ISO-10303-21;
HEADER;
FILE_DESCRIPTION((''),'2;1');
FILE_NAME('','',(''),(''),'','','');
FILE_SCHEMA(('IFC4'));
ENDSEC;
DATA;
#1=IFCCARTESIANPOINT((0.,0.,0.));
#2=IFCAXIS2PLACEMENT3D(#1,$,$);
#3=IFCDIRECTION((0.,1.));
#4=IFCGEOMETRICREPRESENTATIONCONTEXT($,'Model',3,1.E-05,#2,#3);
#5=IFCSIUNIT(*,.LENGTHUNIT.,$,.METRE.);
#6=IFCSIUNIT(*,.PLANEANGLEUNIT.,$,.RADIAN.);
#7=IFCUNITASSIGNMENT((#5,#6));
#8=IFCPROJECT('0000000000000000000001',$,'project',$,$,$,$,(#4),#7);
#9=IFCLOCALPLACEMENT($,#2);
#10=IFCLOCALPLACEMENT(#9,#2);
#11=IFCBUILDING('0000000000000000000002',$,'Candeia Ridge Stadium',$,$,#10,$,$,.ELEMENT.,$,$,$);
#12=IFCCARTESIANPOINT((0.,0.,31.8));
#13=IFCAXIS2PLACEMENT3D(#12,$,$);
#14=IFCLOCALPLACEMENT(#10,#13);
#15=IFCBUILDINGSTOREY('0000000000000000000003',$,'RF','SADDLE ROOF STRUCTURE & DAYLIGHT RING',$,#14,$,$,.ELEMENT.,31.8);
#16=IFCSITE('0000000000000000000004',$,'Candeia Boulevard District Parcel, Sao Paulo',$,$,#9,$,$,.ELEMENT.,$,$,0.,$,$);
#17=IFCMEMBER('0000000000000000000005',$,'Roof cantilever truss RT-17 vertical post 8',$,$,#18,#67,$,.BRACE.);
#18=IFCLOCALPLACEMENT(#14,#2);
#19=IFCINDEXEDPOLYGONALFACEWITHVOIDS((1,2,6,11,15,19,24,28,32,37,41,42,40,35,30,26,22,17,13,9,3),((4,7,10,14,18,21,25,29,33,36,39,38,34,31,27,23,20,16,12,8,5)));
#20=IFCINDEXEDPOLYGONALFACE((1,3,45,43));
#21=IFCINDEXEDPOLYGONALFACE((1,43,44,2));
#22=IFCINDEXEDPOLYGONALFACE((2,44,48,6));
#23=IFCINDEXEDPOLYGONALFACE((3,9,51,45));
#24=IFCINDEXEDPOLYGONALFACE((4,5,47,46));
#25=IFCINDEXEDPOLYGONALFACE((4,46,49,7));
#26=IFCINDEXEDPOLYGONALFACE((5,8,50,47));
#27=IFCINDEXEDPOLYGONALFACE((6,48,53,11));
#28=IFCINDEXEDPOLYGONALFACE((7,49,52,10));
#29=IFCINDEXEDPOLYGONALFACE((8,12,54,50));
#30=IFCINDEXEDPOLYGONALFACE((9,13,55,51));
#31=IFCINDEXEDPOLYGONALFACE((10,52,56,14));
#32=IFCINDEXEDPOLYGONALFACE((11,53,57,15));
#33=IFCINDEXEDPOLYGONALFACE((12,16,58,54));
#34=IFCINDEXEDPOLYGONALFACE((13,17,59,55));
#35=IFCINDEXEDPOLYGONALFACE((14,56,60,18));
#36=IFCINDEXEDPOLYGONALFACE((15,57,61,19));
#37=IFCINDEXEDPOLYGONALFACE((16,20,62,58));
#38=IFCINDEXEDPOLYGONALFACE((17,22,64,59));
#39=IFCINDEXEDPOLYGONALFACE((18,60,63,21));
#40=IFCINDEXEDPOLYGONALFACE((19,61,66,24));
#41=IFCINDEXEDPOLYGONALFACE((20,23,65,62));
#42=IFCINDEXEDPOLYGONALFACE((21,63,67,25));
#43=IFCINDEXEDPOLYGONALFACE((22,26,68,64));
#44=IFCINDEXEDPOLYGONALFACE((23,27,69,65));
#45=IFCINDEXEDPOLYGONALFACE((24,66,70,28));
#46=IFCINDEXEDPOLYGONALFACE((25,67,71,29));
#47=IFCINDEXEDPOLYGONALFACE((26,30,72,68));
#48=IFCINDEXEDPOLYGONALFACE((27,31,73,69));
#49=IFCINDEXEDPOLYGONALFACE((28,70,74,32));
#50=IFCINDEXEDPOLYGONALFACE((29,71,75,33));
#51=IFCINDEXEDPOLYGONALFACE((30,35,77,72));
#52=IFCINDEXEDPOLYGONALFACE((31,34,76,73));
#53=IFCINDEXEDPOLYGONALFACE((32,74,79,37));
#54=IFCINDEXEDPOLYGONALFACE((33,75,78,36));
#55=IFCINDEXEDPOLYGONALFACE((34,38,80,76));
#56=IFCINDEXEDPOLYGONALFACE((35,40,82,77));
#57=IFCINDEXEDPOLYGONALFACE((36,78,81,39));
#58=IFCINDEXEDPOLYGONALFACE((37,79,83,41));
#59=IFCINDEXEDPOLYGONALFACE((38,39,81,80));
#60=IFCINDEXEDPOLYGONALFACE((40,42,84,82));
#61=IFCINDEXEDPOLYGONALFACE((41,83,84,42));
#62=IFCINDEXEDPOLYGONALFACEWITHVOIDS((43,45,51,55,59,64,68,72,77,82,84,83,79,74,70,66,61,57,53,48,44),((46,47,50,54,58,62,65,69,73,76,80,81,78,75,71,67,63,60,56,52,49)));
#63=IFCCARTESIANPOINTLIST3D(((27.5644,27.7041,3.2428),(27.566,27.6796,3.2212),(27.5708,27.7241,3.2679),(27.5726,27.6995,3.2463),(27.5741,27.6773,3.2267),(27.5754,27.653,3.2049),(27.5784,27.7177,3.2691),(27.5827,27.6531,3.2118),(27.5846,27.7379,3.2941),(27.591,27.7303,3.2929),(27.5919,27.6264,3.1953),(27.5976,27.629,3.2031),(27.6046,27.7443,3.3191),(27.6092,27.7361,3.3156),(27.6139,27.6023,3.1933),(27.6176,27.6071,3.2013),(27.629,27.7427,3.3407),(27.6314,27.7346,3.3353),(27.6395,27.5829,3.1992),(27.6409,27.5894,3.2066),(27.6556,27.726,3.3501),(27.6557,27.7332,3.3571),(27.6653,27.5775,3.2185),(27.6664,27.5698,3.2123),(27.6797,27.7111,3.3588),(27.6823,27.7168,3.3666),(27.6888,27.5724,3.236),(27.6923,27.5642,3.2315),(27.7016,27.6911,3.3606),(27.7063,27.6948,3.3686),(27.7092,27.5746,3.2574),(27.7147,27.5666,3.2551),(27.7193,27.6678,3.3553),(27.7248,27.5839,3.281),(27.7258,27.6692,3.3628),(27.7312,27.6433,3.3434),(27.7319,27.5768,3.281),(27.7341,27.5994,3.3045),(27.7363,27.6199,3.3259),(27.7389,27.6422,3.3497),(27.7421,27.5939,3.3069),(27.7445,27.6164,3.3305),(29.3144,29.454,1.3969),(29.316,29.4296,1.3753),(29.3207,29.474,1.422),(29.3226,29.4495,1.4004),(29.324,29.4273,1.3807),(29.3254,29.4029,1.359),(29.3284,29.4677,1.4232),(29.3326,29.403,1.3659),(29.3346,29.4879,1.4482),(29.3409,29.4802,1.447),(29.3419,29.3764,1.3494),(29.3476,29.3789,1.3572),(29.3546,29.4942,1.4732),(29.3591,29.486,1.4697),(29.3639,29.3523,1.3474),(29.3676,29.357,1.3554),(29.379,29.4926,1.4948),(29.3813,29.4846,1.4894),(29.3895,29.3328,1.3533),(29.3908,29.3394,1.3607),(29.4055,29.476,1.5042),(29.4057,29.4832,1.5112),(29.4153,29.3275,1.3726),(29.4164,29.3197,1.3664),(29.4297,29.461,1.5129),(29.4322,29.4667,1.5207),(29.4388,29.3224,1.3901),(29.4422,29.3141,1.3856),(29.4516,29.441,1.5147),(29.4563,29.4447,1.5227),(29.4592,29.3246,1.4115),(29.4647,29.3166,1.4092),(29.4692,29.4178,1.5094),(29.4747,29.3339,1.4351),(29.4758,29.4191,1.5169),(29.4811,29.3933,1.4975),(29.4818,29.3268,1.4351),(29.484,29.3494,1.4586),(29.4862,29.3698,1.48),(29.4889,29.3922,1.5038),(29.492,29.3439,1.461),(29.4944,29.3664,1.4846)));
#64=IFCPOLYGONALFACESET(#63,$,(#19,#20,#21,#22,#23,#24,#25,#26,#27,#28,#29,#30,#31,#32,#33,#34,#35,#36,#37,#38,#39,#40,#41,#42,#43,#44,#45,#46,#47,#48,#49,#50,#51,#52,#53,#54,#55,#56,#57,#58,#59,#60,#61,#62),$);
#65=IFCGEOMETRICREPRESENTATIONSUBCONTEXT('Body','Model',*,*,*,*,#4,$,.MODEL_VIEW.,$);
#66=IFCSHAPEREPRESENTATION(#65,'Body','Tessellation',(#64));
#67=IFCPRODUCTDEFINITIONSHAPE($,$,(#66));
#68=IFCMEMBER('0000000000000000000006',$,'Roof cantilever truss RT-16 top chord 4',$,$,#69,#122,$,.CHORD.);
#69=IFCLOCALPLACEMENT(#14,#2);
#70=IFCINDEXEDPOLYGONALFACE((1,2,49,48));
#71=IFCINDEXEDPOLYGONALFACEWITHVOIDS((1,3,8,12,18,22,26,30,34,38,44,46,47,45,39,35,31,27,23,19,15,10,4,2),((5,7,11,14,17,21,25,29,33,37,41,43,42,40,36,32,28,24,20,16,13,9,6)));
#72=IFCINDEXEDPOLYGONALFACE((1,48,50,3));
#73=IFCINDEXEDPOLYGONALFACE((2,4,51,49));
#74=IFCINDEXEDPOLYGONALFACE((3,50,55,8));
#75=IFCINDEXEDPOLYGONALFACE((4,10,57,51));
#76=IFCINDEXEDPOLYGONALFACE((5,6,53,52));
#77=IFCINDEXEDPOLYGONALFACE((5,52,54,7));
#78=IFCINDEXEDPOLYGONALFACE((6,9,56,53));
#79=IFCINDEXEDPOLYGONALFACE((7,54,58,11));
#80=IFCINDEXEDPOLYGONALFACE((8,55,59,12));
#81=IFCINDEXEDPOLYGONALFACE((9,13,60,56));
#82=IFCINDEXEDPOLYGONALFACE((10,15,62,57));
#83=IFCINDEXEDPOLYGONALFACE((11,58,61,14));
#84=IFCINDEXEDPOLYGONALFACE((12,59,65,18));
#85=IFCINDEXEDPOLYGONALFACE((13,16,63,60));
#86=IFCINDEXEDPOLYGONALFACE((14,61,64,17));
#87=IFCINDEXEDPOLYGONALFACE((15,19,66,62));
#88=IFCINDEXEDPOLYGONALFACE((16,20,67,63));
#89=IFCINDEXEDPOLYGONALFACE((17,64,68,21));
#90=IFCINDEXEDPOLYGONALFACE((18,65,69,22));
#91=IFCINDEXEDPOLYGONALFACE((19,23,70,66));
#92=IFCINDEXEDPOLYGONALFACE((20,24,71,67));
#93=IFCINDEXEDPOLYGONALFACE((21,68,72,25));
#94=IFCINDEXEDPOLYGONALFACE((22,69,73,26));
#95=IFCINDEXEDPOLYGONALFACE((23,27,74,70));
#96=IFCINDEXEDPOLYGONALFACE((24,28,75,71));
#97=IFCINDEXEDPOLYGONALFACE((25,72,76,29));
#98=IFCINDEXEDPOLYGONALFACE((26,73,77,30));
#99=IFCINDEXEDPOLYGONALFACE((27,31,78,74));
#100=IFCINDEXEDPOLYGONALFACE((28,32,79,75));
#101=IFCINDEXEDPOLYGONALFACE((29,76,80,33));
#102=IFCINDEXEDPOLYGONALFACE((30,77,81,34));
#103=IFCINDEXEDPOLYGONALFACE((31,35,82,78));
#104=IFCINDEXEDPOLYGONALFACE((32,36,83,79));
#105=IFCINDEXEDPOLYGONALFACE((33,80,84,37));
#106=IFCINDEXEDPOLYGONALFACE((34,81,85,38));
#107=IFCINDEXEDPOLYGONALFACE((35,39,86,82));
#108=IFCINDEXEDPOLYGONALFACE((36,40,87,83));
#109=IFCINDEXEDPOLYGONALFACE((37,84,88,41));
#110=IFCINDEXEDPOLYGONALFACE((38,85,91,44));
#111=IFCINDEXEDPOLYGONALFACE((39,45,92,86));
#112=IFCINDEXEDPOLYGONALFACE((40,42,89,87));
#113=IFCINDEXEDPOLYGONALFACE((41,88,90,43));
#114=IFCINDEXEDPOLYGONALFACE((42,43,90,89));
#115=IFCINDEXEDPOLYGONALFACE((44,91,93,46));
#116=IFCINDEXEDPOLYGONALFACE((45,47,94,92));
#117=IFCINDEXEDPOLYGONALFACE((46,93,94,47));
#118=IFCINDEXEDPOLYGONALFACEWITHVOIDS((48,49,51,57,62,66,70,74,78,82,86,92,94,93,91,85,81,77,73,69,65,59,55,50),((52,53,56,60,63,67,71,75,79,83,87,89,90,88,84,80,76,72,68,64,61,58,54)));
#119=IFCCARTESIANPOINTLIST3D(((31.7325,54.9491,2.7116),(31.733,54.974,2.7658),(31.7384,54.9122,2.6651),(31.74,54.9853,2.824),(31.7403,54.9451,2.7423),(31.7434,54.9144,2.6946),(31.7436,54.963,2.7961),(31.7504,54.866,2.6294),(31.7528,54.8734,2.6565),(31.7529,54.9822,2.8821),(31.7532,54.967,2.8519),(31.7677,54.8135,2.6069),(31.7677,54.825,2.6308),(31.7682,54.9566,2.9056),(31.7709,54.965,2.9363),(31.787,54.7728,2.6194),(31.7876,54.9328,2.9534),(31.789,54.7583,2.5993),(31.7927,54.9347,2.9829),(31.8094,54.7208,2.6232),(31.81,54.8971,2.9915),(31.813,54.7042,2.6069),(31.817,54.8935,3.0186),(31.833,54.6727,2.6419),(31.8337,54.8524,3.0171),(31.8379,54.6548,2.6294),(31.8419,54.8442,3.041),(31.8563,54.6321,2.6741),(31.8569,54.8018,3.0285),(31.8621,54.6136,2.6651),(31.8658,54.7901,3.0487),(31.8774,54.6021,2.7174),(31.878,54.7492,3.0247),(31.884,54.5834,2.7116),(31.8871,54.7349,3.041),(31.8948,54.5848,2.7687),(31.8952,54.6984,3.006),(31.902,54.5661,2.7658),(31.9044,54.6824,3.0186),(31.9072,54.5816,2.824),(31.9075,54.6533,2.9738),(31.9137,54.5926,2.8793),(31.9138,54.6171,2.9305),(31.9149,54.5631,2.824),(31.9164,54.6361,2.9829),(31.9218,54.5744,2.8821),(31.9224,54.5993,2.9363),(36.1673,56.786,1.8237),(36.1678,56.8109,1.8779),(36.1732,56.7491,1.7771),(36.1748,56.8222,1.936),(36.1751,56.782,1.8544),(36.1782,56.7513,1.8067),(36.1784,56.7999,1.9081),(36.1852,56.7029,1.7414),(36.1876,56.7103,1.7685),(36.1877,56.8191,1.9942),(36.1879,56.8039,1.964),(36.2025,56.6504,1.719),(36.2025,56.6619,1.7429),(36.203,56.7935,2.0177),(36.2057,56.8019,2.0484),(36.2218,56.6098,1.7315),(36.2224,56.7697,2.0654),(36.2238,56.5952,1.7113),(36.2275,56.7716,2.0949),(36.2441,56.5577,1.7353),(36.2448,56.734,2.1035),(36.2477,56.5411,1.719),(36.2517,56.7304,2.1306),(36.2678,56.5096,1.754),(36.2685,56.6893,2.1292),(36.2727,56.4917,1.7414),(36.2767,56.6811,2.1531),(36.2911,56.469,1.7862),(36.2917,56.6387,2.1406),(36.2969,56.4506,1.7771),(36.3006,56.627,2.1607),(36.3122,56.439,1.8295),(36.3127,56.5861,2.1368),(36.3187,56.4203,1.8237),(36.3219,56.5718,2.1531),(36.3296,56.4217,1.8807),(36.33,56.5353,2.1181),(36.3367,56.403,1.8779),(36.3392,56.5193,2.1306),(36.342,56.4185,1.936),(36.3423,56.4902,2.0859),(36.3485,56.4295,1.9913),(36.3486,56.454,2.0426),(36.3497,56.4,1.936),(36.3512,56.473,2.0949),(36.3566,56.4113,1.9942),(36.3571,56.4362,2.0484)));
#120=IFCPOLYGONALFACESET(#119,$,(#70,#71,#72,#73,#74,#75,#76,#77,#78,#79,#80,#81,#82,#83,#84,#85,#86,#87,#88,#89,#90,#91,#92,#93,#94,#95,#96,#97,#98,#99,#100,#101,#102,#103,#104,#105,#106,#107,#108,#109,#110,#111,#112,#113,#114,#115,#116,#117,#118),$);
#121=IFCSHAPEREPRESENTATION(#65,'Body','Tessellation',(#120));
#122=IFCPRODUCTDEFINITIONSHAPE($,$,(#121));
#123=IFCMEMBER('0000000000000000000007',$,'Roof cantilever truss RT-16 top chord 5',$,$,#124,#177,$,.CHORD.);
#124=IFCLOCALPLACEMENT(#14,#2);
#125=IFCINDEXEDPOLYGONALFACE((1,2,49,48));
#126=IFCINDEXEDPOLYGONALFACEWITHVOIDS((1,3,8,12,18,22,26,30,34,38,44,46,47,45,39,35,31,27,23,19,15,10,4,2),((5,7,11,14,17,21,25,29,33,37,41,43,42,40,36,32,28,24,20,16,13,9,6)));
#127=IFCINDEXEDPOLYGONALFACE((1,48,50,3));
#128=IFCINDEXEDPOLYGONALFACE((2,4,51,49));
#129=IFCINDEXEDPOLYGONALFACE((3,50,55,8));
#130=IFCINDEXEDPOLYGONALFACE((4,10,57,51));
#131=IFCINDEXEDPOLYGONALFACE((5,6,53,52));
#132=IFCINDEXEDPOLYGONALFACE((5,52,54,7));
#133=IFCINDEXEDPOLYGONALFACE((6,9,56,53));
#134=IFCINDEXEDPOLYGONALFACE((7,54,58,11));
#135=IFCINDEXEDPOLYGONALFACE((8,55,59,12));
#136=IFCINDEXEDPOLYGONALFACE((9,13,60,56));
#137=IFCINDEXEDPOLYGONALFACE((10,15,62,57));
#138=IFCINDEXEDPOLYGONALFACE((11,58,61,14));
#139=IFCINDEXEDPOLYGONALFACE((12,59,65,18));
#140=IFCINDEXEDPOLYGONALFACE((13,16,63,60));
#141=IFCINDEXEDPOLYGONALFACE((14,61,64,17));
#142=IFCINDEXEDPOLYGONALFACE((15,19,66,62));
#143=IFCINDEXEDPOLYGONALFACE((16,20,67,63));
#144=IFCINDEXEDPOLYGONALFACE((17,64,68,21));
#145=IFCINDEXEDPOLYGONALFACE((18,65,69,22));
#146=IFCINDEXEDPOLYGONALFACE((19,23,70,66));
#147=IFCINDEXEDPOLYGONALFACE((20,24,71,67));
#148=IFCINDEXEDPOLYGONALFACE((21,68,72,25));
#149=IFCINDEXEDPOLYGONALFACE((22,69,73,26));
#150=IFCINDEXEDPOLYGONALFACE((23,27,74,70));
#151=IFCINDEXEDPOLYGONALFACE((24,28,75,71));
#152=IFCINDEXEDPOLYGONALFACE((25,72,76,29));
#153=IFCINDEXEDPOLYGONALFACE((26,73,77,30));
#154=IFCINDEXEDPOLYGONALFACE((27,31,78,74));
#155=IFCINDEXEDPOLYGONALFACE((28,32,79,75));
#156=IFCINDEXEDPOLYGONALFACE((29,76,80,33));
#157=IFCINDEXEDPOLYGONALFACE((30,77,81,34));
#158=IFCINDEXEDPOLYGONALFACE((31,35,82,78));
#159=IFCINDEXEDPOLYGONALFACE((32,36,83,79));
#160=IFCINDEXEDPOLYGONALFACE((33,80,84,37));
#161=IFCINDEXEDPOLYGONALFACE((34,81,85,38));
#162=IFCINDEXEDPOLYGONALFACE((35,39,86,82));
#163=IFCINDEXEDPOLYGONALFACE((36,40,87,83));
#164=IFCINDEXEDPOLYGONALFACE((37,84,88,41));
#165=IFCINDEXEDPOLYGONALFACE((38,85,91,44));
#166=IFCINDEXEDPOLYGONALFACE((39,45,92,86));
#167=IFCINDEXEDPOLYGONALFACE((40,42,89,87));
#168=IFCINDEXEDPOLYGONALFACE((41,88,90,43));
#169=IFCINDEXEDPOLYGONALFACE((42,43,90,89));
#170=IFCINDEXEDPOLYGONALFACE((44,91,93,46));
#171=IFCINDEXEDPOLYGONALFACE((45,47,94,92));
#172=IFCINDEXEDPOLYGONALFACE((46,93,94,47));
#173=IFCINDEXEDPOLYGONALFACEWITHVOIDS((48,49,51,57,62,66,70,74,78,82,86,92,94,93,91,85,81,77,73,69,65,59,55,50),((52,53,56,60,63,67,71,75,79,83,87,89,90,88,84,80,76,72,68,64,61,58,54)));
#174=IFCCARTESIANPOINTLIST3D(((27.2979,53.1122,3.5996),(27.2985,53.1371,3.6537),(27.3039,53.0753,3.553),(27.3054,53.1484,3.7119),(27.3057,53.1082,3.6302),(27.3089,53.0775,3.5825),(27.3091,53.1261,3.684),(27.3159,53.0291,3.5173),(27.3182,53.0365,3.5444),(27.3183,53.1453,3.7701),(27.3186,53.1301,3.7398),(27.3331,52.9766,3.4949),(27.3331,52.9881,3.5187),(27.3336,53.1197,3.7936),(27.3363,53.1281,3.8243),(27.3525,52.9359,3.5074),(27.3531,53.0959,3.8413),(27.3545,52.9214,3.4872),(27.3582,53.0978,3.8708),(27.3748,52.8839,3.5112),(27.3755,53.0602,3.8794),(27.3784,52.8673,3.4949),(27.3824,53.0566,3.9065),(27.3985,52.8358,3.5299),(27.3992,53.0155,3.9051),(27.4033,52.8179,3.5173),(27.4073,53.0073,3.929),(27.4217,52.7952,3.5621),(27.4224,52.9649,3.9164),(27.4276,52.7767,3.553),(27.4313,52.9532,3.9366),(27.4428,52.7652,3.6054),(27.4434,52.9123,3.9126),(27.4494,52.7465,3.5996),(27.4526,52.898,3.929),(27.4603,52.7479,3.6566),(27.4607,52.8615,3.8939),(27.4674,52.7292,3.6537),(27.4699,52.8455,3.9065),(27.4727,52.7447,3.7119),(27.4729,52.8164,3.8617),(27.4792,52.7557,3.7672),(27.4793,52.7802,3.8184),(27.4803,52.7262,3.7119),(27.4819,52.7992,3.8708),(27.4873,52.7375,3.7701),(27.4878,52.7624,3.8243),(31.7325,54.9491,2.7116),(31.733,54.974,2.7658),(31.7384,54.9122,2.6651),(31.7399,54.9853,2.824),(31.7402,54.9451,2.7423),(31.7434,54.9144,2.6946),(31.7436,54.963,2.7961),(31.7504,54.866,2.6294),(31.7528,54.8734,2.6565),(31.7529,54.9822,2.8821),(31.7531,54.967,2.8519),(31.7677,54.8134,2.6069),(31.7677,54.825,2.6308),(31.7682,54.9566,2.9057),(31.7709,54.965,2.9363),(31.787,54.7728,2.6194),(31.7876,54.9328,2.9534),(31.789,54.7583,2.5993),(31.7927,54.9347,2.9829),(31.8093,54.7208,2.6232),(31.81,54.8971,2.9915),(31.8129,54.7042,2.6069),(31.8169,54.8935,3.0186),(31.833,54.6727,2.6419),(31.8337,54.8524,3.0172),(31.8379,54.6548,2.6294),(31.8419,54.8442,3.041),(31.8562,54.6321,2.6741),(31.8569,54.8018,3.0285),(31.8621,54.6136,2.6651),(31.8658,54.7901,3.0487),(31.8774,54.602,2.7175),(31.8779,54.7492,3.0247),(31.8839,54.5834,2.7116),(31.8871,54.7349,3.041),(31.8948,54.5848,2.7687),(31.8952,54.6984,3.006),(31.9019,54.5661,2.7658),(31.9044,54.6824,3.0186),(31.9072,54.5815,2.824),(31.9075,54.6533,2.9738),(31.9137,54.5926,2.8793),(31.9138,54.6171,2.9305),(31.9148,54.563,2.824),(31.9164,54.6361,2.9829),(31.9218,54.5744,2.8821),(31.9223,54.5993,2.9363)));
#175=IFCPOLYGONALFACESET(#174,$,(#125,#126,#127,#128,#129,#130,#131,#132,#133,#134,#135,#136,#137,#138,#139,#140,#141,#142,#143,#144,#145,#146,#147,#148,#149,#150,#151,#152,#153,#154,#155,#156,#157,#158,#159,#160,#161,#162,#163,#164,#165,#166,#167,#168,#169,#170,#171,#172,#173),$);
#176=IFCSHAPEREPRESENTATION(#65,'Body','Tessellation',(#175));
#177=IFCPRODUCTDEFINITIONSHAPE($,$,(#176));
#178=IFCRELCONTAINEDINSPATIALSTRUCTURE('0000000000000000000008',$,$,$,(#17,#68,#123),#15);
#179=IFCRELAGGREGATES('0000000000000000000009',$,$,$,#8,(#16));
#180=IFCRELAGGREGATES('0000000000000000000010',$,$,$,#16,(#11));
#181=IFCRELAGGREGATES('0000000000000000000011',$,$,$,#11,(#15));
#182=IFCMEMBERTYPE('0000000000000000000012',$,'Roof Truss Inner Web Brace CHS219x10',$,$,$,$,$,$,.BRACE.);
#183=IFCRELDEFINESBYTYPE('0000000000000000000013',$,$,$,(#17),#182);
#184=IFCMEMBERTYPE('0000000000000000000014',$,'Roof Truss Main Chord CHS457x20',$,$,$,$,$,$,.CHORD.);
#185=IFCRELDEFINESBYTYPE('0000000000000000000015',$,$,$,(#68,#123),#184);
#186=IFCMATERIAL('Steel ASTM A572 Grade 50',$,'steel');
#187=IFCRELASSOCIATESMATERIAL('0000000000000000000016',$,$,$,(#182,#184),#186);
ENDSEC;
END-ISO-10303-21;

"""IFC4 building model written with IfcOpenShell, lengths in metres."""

from ifc_helpers import new_model, si_unit, direction, frame, origin, origin_2d, place, context, subcontext, project, spatial, hollow_circle, extrude, material, material_profile, profile_set, type_object, element, save


model = new_model("IFC4")

# Units and contexts
model_context = context("Model", 3, precision=1e-05, world=origin(), true_north=direction((0.0, 1.0)))
body_context = subcontext(model_context, "Body", "Model", "MODEL_VIEW")
ifc_project = project(units=[si_unit("LENGTHUNIT", "METRE"), si_unit("PLANEANGLEUNIT", "RADIAN")], contexts=[model_context])

# Site, building, storey
site_placement = place(None, origin())
site = spatial("IfcSite", under=ifc_project, at=site_placement, Name="Candeia Boulevard District Parcel, Sao Paulo", CompositionType="ELEMENT", RefElevation=0.0)
building_placement = place(site_placement, origin())
building = spatial("IfcBuilding", under=site, at=building_placement, Name="Candeia Ridge Stadium", CompositionType="ELEMENT")
storey_placement = place(building_placement, frame((0.0, 0.0, 31.8)))
storey = spatial("IfcBuildingStorey", under=building, at=storey_placement, Name="RF", Description="SADDLE ROOF STRUCTURE & DAYLIGHT RING", CompositionType="ELEMENT", Elevation=31.8)

# Shared definitions
ifc_material_1 = material(Name="Steel ASTM A572 Grade 50", Category="steel")

# Members
ifc_material_profile_1 = material_profile(ifc_material_1, hollow_circle(Radius=0.1096, WallThickness=0.01, at=origin_2d()), Name="CHS219x10", Category="steel")
ifc_profile_set_1 = profile_set([ifc_material_profile_1], Name="Steel ASTM A572 Grade 50")
member_type_1 = type_object("IfcMemberType", Name="Roof Truss Inner Web Brace CHS219x10", PredefinedType="BRACE", material=ifc_profile_set_1)
member_1_placement = place(storey_placement, frame((29.4043, 29.4043, 1.4351), z_axis=(-0.566806, -0.566806, 0.597882), x_axis=(0.707107, -0.707107, 0.0)))
element("IfcMember", 1, at=member_1_placement, inside=storey, type_object=member_type_1, Name="Roof cantilever truss RT-17 vertical post 8", PredefinedType="BRACE", context=body_context, shape_type="SweptSolid", body=[
    extrude(hollow_circle(Radius=0.1096, WallThickness=0.01, at=origin_2d()), origin(), (0.0, 0.0, 1.0), 3.0874),
])
ifc_material_profile_2 = material_profile(ifc_material_1, hollow_circle(Radius=0.2285, WallThickness=0.02, at=origin_2d()), Name="CHS457x20", Category="steel")
ifc_profile_set_2 = profile_set([ifc_material_profile_2], Name="Steel ASTM A572 Grade 50")
member_type_2 = type_object("IfcMemberType", Name="Roof Truss Main Chord CHS457x20", PredefinedType="CHORD", material=ifc_profile_set_2)
member_2_placement = place(storey_placement, frame((36.2622, 56.6111, 1.936), z_axis=(-0.908471, -0.376291, 0.181894), x_axis=(0.382675, -0.923883, 0.0)))
element("IfcMember", 2, at=member_2_placement, inside=storey, type_object=member_type_2, Name="Roof cantilever truss RT-16 top chord 4", PredefinedType="CHORD", context=body_context, shape_type="SweptSolid", body=[
    extrude(hollow_circle(Radius=0.2285, WallThickness=0.02, at=origin_2d()), origin(), (0.0, 0.0, 1.0), 4.8816),
])
member_3_placement = place(storey_placement, frame((31.8274, 54.7742, 2.824), z_axis=(-0.908462, -0.376309, 0.181902), x_axis=(0.382693, -0.923875, 0.0)))
element("IfcMember", 3, at=member_3_placement, inside=storey, type_object=member_type_2, Name="Roof cantilever truss RT-16 top chord 5", PredefinedType="CHORD", context=body_context, shape_type="SweptSolid", body=[
    extrude(hollow_circle(Radius=0.2285, WallThickness=0.02, at=origin_2d()), origin(), (0.0, 0.0, 1.0), 4.8813),
])

save(model, "model.ifc")
